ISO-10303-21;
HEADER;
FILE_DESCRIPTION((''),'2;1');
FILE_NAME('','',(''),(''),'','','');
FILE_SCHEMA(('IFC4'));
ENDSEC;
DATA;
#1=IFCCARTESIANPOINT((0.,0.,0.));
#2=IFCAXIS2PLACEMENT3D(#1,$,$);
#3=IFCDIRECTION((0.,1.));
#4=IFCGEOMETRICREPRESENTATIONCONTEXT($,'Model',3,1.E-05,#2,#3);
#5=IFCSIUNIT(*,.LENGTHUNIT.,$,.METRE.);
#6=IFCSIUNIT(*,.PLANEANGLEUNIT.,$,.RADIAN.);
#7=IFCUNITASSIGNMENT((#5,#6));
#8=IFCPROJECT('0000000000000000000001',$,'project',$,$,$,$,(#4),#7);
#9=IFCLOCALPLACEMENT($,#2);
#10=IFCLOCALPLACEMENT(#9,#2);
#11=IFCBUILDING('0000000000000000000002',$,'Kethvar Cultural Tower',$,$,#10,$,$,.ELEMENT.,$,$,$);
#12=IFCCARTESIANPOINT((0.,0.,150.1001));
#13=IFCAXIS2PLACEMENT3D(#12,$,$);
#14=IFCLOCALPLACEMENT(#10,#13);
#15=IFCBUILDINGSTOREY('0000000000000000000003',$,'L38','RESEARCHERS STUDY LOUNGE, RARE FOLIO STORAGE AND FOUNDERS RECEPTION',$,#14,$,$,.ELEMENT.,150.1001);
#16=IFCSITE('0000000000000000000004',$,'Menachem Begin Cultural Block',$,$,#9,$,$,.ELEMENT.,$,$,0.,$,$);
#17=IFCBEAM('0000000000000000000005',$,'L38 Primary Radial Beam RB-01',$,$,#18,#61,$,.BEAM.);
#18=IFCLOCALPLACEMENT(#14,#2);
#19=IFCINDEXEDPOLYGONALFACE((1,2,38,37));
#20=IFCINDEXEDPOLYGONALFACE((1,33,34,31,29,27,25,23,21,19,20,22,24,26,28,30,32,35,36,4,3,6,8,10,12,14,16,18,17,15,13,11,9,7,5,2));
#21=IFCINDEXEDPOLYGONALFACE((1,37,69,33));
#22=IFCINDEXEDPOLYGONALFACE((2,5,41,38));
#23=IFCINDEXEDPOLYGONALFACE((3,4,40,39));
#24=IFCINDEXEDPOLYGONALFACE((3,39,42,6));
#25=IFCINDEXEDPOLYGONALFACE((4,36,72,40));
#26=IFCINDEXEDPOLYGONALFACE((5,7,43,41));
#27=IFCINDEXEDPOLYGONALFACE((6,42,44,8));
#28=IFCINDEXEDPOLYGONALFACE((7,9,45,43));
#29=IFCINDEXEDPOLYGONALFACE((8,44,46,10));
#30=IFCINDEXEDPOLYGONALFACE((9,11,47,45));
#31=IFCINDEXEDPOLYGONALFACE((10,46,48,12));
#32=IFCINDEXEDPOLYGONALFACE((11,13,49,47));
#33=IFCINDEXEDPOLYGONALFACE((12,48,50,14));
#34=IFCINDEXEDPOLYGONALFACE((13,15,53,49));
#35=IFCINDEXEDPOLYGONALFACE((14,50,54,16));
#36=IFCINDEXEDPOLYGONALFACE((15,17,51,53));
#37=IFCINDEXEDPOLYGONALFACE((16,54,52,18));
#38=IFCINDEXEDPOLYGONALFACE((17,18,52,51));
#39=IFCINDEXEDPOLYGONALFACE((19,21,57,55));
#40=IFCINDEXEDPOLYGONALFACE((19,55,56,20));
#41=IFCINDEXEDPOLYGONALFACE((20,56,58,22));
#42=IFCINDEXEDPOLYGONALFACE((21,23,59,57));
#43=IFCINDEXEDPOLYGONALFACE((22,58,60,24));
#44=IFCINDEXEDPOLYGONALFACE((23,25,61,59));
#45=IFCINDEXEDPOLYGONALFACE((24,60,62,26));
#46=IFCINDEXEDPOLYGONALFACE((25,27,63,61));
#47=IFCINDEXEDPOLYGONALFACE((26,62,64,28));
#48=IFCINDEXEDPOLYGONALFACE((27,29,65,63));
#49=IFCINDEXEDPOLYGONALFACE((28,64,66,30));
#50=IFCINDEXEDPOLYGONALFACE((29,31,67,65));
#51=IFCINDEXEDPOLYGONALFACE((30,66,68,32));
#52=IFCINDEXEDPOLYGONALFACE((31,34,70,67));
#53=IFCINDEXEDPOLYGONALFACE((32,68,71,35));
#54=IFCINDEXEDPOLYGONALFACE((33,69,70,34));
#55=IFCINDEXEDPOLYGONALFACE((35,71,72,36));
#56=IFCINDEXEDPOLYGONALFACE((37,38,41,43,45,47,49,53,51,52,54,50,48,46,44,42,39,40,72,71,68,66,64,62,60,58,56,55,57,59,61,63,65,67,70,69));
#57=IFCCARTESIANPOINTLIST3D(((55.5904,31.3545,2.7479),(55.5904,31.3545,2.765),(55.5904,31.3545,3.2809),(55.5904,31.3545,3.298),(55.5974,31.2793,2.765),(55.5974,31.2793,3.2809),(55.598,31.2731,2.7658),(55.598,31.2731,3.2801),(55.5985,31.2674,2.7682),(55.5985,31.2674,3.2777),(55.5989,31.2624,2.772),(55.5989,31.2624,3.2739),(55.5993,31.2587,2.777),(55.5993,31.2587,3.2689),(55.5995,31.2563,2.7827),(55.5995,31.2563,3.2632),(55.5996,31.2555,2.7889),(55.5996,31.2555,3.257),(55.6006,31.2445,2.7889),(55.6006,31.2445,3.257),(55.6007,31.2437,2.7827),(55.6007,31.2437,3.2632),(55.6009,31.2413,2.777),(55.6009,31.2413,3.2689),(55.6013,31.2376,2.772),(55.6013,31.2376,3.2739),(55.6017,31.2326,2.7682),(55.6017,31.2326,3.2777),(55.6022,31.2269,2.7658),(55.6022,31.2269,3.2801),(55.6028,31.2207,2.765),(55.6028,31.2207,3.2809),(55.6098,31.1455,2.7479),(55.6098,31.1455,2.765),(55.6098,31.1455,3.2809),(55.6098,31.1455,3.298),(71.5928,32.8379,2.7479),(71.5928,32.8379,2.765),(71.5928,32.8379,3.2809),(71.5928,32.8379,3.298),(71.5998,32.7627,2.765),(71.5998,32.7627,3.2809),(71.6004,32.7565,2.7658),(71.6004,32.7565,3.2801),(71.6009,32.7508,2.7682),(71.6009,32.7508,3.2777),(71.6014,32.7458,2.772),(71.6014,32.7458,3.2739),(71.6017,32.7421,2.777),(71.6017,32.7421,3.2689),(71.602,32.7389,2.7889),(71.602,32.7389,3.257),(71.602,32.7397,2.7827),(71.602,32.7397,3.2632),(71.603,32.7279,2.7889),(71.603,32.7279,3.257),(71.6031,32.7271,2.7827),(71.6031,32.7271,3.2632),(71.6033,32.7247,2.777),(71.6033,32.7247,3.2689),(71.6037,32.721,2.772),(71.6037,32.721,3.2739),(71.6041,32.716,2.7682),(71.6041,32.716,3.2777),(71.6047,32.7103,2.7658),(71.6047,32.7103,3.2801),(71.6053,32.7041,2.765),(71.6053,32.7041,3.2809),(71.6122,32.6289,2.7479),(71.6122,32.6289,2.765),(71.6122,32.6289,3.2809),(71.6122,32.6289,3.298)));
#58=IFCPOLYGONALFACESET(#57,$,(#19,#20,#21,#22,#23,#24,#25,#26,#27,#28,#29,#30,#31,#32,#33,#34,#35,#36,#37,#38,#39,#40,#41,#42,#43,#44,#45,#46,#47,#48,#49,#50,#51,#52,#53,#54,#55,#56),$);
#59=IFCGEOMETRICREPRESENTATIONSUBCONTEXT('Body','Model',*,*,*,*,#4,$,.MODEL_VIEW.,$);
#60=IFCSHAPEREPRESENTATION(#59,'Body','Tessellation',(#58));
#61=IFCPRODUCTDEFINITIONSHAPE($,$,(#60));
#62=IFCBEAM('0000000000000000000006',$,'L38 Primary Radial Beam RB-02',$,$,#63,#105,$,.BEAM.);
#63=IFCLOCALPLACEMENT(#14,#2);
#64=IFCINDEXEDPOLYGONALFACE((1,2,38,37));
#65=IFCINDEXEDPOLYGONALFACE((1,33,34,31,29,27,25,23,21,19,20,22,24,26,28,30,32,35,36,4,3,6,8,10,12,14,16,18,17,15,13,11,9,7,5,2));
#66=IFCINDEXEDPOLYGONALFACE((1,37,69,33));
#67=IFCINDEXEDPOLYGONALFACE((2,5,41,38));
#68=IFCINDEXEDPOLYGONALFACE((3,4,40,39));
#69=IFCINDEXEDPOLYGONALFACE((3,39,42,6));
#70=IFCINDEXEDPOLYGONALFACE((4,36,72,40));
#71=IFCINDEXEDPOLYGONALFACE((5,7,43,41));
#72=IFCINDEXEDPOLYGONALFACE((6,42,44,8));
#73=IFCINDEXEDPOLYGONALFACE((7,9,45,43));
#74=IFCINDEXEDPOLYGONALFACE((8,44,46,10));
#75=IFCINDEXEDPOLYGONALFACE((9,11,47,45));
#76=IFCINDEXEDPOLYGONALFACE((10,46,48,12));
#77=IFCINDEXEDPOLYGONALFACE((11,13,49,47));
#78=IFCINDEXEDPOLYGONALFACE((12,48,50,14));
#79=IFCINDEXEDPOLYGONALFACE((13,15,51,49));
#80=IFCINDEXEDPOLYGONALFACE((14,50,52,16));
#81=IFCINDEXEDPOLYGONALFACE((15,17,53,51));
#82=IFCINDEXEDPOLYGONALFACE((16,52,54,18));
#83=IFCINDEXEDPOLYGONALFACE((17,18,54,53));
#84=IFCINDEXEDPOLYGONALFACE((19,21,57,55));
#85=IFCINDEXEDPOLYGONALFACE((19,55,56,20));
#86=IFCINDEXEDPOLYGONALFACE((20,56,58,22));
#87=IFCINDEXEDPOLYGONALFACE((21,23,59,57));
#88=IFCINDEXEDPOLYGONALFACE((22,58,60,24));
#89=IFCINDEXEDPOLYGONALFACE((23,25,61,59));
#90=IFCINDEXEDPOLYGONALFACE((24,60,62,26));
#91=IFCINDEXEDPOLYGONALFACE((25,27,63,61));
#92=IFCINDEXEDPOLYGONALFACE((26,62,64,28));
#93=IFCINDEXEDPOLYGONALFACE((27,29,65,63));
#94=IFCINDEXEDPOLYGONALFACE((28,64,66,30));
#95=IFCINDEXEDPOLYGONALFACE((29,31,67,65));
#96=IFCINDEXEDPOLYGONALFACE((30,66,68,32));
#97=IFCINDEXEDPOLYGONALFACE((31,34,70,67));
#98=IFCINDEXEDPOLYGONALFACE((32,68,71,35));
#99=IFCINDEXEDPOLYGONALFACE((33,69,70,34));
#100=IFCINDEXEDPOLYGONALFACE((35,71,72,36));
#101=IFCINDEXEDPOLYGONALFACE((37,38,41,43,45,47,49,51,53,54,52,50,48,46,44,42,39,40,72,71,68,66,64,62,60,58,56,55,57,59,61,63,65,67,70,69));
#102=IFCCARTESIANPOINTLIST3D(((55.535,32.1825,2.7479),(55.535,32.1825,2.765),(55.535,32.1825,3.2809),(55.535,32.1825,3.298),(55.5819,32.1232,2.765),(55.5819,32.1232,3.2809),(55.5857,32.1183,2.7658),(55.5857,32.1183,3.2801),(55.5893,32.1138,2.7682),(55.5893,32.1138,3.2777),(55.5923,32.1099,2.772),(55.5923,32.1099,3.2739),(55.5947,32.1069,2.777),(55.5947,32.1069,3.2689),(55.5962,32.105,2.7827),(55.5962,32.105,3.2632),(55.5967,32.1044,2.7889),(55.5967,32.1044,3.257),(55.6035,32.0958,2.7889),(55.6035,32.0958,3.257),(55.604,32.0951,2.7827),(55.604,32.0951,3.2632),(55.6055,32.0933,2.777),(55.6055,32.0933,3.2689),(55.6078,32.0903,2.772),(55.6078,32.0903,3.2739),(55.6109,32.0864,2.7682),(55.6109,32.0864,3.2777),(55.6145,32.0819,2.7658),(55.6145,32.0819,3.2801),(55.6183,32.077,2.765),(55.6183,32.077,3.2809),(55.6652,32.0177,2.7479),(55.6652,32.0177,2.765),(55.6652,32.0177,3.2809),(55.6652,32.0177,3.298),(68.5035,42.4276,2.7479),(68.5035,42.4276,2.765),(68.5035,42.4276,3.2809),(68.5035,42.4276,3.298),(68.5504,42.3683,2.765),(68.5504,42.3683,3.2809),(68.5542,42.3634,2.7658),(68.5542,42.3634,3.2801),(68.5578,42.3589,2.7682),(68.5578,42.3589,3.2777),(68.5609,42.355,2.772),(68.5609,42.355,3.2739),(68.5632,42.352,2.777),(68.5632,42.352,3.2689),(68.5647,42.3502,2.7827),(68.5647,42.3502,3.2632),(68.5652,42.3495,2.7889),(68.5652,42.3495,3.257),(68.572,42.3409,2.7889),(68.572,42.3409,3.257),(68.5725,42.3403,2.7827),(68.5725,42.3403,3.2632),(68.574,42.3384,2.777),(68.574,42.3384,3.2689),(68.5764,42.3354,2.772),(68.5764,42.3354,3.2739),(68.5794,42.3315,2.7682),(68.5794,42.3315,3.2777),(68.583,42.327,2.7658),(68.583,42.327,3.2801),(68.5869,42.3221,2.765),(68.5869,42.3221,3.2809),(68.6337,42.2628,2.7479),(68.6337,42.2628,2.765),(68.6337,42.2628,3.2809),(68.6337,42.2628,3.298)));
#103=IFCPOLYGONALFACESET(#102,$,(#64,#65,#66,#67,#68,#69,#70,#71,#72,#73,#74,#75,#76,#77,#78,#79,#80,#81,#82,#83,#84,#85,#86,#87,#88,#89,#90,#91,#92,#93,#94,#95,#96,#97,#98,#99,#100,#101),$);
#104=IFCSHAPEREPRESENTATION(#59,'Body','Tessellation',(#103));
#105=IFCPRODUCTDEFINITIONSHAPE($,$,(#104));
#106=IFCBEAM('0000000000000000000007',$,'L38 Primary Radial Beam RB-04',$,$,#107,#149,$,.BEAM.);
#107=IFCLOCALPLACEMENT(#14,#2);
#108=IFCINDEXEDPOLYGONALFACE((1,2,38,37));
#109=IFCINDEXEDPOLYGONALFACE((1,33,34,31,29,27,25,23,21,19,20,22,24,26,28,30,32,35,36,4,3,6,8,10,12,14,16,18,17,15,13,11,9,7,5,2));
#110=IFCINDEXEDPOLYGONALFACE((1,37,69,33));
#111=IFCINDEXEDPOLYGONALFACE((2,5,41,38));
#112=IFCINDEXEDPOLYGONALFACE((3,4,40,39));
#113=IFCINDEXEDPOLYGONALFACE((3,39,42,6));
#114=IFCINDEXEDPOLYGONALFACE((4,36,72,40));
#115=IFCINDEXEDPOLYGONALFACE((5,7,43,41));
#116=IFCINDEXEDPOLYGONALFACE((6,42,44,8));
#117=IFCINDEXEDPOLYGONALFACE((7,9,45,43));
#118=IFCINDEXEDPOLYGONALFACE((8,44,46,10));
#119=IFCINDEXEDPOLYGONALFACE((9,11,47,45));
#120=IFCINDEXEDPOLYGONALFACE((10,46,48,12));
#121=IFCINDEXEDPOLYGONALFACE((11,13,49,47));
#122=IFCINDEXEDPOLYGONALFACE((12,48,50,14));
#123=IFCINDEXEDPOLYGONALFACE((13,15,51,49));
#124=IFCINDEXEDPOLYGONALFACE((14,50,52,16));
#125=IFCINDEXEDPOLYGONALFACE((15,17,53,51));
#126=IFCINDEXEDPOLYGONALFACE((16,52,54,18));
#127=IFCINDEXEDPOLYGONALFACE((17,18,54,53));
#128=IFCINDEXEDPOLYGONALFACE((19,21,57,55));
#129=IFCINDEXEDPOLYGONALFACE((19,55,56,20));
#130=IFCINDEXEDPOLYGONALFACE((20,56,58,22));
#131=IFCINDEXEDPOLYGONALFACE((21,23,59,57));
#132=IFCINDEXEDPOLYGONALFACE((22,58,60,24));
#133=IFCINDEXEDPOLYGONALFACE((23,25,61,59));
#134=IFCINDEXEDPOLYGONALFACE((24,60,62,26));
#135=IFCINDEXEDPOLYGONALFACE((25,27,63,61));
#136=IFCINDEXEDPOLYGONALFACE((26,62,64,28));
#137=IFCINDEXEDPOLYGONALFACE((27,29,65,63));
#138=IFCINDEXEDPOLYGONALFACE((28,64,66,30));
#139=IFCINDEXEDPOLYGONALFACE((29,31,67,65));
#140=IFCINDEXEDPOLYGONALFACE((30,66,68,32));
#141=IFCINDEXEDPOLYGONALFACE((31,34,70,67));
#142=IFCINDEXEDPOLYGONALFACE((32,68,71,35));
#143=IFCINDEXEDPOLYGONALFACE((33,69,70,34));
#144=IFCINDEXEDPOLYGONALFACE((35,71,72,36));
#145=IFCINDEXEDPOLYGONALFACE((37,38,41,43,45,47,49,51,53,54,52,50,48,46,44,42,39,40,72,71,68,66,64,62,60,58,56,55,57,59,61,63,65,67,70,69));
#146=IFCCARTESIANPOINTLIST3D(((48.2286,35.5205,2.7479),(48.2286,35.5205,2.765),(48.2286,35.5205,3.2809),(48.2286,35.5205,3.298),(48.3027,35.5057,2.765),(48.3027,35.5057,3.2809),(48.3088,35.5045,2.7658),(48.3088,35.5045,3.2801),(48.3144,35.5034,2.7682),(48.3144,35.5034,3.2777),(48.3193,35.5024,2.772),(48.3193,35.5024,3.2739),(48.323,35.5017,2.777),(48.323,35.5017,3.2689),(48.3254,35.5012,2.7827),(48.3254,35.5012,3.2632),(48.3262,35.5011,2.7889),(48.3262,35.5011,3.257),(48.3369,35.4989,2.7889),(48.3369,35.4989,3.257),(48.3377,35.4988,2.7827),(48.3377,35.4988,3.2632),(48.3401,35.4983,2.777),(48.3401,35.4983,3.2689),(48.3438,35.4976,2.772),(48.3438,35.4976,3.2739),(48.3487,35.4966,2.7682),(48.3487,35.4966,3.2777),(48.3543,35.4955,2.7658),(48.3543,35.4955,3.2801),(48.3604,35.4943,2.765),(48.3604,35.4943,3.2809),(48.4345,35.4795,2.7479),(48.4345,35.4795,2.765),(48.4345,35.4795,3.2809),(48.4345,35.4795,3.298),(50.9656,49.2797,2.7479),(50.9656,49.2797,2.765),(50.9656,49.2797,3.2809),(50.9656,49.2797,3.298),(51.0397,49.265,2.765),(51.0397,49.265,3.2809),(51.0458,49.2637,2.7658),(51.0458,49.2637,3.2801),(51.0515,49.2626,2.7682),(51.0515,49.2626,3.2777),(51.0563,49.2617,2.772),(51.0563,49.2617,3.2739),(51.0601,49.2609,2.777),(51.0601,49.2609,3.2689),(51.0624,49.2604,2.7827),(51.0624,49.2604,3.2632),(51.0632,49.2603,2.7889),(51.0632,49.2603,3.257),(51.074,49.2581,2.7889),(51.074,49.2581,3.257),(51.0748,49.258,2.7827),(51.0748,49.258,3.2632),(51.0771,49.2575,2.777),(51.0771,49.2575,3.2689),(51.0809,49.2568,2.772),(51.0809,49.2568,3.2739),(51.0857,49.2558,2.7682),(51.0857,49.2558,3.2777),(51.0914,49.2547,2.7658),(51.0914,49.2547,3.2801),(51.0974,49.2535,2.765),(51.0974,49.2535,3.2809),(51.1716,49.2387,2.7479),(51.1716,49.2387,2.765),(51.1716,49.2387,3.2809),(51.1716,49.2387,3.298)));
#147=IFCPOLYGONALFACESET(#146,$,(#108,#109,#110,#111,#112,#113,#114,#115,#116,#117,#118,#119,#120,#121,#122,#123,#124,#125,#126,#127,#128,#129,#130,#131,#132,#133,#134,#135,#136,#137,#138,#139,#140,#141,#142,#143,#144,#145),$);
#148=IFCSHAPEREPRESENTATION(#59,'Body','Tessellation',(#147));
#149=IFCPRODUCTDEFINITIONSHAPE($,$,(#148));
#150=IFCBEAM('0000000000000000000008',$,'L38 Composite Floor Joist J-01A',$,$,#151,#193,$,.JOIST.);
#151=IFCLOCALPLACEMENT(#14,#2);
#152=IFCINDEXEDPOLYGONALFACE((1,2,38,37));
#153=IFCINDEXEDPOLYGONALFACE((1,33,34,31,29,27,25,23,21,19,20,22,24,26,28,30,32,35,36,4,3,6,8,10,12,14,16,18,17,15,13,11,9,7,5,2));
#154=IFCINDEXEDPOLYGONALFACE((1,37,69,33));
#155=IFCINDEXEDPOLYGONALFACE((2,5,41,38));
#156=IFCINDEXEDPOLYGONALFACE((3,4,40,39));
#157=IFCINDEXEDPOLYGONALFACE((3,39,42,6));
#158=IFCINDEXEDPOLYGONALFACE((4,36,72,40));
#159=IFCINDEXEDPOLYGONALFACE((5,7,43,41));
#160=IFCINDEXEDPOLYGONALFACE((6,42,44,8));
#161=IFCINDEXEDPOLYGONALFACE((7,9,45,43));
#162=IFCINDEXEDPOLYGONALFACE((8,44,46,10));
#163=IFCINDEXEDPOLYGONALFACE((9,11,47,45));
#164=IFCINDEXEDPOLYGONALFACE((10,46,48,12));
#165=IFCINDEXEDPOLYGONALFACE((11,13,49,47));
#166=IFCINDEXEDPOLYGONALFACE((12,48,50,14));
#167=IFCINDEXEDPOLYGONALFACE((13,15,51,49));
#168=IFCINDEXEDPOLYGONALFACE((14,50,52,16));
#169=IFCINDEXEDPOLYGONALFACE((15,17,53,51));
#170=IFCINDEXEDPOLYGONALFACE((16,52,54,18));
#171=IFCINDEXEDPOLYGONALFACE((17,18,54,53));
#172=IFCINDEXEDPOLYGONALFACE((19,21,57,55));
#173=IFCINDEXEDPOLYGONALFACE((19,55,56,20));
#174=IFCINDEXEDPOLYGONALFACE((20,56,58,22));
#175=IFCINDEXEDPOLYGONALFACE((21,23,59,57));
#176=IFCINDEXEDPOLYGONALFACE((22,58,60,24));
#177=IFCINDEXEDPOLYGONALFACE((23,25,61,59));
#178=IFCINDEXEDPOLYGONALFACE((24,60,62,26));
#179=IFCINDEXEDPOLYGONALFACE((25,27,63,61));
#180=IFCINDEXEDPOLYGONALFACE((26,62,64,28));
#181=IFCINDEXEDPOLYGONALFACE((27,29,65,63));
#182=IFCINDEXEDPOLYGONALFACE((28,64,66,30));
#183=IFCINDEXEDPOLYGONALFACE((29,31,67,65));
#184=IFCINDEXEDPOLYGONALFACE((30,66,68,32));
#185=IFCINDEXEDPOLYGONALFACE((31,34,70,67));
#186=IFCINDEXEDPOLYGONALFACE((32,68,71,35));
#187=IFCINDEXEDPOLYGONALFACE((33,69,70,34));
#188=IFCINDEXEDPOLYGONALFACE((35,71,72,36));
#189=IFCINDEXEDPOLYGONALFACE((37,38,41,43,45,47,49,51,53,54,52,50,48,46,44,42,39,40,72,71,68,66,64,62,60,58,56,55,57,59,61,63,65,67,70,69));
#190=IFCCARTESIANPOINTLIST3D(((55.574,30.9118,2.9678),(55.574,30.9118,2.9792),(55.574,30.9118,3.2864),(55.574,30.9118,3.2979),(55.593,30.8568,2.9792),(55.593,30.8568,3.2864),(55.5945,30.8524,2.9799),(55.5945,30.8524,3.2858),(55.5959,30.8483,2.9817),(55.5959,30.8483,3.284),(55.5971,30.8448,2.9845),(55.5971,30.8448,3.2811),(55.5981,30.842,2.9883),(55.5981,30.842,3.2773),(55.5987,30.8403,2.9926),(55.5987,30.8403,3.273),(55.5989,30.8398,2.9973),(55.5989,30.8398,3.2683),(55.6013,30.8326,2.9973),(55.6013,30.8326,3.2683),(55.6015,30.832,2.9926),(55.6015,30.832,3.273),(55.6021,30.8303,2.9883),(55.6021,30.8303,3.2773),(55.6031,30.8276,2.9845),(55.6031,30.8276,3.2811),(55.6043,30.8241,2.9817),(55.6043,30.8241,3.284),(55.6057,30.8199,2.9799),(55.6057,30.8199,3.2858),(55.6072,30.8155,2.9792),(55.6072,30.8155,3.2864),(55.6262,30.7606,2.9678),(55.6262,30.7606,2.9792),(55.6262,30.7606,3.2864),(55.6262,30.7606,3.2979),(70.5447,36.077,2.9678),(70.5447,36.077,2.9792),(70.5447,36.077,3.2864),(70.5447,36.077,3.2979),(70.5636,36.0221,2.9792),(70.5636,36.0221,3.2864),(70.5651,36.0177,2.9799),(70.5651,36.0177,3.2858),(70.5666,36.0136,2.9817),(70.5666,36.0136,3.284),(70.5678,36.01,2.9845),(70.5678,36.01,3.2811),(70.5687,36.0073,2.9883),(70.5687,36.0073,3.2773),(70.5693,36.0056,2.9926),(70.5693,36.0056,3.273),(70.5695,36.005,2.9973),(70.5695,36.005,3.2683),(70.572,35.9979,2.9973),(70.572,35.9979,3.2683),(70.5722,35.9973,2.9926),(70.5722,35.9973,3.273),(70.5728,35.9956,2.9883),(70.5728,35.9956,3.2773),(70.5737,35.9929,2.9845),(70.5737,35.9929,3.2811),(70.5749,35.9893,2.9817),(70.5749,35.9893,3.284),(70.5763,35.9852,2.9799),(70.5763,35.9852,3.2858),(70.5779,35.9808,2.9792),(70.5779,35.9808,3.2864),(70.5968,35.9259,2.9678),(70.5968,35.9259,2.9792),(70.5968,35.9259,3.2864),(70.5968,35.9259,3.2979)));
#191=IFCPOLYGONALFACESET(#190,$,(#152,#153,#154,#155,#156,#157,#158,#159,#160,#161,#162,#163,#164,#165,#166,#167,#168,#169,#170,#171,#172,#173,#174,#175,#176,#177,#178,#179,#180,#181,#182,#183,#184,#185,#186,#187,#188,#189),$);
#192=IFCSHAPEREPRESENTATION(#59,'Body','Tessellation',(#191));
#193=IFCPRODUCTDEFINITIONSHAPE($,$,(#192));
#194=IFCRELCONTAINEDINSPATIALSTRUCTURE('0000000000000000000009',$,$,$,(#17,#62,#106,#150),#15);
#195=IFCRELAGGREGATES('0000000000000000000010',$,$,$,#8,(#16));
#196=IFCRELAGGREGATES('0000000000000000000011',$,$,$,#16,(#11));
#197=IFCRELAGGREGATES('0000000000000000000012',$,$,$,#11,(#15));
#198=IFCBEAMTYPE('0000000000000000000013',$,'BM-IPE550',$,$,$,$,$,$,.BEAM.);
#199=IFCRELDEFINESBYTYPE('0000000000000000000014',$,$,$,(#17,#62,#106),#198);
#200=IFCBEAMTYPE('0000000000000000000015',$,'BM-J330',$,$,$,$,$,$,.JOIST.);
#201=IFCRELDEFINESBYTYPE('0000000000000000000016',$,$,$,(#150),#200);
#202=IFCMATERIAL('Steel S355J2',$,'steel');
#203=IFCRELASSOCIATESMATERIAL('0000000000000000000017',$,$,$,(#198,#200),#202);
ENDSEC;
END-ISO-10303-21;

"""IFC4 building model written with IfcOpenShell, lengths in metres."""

from ifc_helpers import new_model, si_unit, direction, frame, origin, origin_2d, place, context, subcontext, project, spatial, i_section, extrude, source, transform, mapped, material, material_profile, profile_set, type_object, element, save


model = new_model("IFC4")

# Units and contexts
model_context = context("Model", 3, precision=1e-05, world=origin(), true_north=direction((0.0, 1.0)))
body_context = subcontext(model_context, "Body", "Model", "MODEL_VIEW")
ifc_project = project(units=[si_unit("LENGTHUNIT", "METRE"), si_unit("PLANEANGLEUNIT", "RADIAN")], contexts=[model_context])

# Site, building, storey
site_placement = place(None, origin())
site = spatial("IfcSite", under=ifc_project, at=site_placement, Name="Menachem Begin Cultural Block", CompositionType="ELEMENT", RefElevation=0.0)
building_placement = place(site_placement, origin())
building = spatial("IfcBuilding", under=site, at=building_placement, Name="Kethvar Cultural Tower", CompositionType="ELEMENT")
storey_placement = place(building_placement, frame((0.0, 0.0, 150.1001)))
storey = spatial("IfcBuildingStorey", under=building, at=storey_placement, Name="L38", Description="RESEARCHERS STUDY LOUNGE, RARE FOLIO STORAGE AND FOUNDERS RECEPTION", CompositionType="ELEMENT", Elevation=150.1001)

# Beams
ifc_material_1 = material(Name="Steel S355J2", Category="steel")
ifc_material_profile_1 = material_profile(ifc_material_1, i_section(OverallWidth=0.21, OverallDepth=0.55, WebThickness=0.011, FlangeThickness=0.0171, FilletRadius=0.0239, at=origin_2d()), Name="Steel S355J2 — IPE550")
ifc_profile_set_1 = profile_set([ifc_material_profile_1], Name="Steel S355J2 — IPE550")
beam_type_1 = type_object("IfcBeamType", Name="BM-IPE550", PredefinedType="BEAM", material=ifc_profile_set_1)
shared_shape_1 = source(origin(), body_context, "Body", "SweptSolid", [
    extrude(i_section(OverallWidth=0.21, OverallDepth=0.55, WebThickness=0.011, FlangeThickness=0.0171, FilletRadius=0.0239, at=origin_2d()), origin(), (0.0, 0.0, 1.0), 16.071),
])
beam_1_placement = place(storey_placement, frame((55.6001, 31.25, 3.0229), z_axis=(0.995731, 0.092303, 0.0), x_axis=(-0.092303, 0.995731, 0.0)))
element("IfcBeam", 1, at=beam_1_placement, inside=storey, type_object=beam_type_1, Name="L38 Primary Radial Beam RB-01", PredefinedType="BEAM", context=body_context, shape_type="MappedRepresentation", body=[
    mapped(shared_shape_1, transform((0.0, 0.0, 0.0), scale=1.0)),
])
shared_shape_2 = source(origin(), body_context, "Body", "SweptSolid", [
    extrude(i_section(OverallWidth=0.21, OverallDepth=0.55, WebThickness=0.011, FlangeThickness=0.0171, FilletRadius=0.0239, at=origin_2d()), origin(), (0.0, 0.0, 1.0), 16.5271),
])
beam_2_placement = place(storey_placement, frame((55.6001, 32.1001, 3.0229), z_axis=(0.784682, 0.619899, 0.0), x_axis=(-0.619899, 0.784682, 0.0)))
element("IfcBeam", 2, at=beam_2_placement, inside=storey, type_object=beam_type_1, Name="L38 Primary Radial Beam RB-02", PredefinedType="BEAM", context=body_context, shape_type="MappedRepresentation", body=[
    mapped(shared_shape_2, transform((0.0, 0.0, 0.0), scale=1.0)),
])
shared_shape_3 = source(origin(), body_context, "Body", "SweptSolid", [
    extrude(i_section(OverallWidth=0.21, OverallDepth=0.55, WebThickness=0.011, FlangeThickness=0.0171, FilletRadius=0.0239, at=origin_2d()), origin(), (0.0, 0.0, 1.0), 14.0288),
])
beam_3_placement = place(storey_placement, frame((48.3315, 35.5, 3.0229), z_axis=(0.195102, 0.980783, 0.0), x_axis=(-0.980783, 0.195102, 0.0)))
element("IfcBeam", 3, at=beam_3_placement, inside=storey, type_object=beam_type_1, Name="L38 Primary Radial Beam RB-04", PredefinedType="BEAM", context=body_context, shape_type="MappedRepresentation", body=[
    mapped(shared_shape_3, transform((0.0, 0.0, 0.0), scale=1.0)),
])
ifc_material_profile_2 = material_profile(ifc_material_1, i_section(OverallWidth=0.1599, OverallDepth=0.3301, WebThickness=0.0076, FlangeThickness=0.0115, FilletRadius=0.0181, at=origin_2d()), Name="Steel S355J2 — IPE330")
ifc_profile_set_2 = profile_set([ifc_material_profile_2], Name="Steel S355J2 — IPE330")
beam_type_2 = type_object("IfcBeamType", Name="BM-J330", PredefinedType="JOIST", material=ifc_profile_set_2)
shared_shape_4 = source(origin(), body_context, "Body", "SweptSolid", [
    extrude(i_section(OverallWidth=0.1599, OverallDepth=0.3301, WebThickness=0.0076, FlangeThickness=0.0115, FilletRadius=0.0181, at=origin_2d()), origin(), (0.0, 0.0, 1.0), 15.8367),
])
beam_4_placement = place(storey_placement, frame((55.6001, 30.8362, 3.1328), z_axis=(0.945315, 0.326158, 0.0), x_axis=(-0.326158, 0.945315, 0.0)))
element("IfcBeam", 4, at=beam_4_placement, inside=storey, type_object=beam_type_2, Name="L38 Composite Floor Joist J-01A", PredefinedType="JOIST", context=body_context, shape_type="MappedRepresentation", body=[
    mapped(shared_shape_4, transform((0.0, 0.0, 0.0), scale=1.0)),
])

save(model, "model.ifc")
